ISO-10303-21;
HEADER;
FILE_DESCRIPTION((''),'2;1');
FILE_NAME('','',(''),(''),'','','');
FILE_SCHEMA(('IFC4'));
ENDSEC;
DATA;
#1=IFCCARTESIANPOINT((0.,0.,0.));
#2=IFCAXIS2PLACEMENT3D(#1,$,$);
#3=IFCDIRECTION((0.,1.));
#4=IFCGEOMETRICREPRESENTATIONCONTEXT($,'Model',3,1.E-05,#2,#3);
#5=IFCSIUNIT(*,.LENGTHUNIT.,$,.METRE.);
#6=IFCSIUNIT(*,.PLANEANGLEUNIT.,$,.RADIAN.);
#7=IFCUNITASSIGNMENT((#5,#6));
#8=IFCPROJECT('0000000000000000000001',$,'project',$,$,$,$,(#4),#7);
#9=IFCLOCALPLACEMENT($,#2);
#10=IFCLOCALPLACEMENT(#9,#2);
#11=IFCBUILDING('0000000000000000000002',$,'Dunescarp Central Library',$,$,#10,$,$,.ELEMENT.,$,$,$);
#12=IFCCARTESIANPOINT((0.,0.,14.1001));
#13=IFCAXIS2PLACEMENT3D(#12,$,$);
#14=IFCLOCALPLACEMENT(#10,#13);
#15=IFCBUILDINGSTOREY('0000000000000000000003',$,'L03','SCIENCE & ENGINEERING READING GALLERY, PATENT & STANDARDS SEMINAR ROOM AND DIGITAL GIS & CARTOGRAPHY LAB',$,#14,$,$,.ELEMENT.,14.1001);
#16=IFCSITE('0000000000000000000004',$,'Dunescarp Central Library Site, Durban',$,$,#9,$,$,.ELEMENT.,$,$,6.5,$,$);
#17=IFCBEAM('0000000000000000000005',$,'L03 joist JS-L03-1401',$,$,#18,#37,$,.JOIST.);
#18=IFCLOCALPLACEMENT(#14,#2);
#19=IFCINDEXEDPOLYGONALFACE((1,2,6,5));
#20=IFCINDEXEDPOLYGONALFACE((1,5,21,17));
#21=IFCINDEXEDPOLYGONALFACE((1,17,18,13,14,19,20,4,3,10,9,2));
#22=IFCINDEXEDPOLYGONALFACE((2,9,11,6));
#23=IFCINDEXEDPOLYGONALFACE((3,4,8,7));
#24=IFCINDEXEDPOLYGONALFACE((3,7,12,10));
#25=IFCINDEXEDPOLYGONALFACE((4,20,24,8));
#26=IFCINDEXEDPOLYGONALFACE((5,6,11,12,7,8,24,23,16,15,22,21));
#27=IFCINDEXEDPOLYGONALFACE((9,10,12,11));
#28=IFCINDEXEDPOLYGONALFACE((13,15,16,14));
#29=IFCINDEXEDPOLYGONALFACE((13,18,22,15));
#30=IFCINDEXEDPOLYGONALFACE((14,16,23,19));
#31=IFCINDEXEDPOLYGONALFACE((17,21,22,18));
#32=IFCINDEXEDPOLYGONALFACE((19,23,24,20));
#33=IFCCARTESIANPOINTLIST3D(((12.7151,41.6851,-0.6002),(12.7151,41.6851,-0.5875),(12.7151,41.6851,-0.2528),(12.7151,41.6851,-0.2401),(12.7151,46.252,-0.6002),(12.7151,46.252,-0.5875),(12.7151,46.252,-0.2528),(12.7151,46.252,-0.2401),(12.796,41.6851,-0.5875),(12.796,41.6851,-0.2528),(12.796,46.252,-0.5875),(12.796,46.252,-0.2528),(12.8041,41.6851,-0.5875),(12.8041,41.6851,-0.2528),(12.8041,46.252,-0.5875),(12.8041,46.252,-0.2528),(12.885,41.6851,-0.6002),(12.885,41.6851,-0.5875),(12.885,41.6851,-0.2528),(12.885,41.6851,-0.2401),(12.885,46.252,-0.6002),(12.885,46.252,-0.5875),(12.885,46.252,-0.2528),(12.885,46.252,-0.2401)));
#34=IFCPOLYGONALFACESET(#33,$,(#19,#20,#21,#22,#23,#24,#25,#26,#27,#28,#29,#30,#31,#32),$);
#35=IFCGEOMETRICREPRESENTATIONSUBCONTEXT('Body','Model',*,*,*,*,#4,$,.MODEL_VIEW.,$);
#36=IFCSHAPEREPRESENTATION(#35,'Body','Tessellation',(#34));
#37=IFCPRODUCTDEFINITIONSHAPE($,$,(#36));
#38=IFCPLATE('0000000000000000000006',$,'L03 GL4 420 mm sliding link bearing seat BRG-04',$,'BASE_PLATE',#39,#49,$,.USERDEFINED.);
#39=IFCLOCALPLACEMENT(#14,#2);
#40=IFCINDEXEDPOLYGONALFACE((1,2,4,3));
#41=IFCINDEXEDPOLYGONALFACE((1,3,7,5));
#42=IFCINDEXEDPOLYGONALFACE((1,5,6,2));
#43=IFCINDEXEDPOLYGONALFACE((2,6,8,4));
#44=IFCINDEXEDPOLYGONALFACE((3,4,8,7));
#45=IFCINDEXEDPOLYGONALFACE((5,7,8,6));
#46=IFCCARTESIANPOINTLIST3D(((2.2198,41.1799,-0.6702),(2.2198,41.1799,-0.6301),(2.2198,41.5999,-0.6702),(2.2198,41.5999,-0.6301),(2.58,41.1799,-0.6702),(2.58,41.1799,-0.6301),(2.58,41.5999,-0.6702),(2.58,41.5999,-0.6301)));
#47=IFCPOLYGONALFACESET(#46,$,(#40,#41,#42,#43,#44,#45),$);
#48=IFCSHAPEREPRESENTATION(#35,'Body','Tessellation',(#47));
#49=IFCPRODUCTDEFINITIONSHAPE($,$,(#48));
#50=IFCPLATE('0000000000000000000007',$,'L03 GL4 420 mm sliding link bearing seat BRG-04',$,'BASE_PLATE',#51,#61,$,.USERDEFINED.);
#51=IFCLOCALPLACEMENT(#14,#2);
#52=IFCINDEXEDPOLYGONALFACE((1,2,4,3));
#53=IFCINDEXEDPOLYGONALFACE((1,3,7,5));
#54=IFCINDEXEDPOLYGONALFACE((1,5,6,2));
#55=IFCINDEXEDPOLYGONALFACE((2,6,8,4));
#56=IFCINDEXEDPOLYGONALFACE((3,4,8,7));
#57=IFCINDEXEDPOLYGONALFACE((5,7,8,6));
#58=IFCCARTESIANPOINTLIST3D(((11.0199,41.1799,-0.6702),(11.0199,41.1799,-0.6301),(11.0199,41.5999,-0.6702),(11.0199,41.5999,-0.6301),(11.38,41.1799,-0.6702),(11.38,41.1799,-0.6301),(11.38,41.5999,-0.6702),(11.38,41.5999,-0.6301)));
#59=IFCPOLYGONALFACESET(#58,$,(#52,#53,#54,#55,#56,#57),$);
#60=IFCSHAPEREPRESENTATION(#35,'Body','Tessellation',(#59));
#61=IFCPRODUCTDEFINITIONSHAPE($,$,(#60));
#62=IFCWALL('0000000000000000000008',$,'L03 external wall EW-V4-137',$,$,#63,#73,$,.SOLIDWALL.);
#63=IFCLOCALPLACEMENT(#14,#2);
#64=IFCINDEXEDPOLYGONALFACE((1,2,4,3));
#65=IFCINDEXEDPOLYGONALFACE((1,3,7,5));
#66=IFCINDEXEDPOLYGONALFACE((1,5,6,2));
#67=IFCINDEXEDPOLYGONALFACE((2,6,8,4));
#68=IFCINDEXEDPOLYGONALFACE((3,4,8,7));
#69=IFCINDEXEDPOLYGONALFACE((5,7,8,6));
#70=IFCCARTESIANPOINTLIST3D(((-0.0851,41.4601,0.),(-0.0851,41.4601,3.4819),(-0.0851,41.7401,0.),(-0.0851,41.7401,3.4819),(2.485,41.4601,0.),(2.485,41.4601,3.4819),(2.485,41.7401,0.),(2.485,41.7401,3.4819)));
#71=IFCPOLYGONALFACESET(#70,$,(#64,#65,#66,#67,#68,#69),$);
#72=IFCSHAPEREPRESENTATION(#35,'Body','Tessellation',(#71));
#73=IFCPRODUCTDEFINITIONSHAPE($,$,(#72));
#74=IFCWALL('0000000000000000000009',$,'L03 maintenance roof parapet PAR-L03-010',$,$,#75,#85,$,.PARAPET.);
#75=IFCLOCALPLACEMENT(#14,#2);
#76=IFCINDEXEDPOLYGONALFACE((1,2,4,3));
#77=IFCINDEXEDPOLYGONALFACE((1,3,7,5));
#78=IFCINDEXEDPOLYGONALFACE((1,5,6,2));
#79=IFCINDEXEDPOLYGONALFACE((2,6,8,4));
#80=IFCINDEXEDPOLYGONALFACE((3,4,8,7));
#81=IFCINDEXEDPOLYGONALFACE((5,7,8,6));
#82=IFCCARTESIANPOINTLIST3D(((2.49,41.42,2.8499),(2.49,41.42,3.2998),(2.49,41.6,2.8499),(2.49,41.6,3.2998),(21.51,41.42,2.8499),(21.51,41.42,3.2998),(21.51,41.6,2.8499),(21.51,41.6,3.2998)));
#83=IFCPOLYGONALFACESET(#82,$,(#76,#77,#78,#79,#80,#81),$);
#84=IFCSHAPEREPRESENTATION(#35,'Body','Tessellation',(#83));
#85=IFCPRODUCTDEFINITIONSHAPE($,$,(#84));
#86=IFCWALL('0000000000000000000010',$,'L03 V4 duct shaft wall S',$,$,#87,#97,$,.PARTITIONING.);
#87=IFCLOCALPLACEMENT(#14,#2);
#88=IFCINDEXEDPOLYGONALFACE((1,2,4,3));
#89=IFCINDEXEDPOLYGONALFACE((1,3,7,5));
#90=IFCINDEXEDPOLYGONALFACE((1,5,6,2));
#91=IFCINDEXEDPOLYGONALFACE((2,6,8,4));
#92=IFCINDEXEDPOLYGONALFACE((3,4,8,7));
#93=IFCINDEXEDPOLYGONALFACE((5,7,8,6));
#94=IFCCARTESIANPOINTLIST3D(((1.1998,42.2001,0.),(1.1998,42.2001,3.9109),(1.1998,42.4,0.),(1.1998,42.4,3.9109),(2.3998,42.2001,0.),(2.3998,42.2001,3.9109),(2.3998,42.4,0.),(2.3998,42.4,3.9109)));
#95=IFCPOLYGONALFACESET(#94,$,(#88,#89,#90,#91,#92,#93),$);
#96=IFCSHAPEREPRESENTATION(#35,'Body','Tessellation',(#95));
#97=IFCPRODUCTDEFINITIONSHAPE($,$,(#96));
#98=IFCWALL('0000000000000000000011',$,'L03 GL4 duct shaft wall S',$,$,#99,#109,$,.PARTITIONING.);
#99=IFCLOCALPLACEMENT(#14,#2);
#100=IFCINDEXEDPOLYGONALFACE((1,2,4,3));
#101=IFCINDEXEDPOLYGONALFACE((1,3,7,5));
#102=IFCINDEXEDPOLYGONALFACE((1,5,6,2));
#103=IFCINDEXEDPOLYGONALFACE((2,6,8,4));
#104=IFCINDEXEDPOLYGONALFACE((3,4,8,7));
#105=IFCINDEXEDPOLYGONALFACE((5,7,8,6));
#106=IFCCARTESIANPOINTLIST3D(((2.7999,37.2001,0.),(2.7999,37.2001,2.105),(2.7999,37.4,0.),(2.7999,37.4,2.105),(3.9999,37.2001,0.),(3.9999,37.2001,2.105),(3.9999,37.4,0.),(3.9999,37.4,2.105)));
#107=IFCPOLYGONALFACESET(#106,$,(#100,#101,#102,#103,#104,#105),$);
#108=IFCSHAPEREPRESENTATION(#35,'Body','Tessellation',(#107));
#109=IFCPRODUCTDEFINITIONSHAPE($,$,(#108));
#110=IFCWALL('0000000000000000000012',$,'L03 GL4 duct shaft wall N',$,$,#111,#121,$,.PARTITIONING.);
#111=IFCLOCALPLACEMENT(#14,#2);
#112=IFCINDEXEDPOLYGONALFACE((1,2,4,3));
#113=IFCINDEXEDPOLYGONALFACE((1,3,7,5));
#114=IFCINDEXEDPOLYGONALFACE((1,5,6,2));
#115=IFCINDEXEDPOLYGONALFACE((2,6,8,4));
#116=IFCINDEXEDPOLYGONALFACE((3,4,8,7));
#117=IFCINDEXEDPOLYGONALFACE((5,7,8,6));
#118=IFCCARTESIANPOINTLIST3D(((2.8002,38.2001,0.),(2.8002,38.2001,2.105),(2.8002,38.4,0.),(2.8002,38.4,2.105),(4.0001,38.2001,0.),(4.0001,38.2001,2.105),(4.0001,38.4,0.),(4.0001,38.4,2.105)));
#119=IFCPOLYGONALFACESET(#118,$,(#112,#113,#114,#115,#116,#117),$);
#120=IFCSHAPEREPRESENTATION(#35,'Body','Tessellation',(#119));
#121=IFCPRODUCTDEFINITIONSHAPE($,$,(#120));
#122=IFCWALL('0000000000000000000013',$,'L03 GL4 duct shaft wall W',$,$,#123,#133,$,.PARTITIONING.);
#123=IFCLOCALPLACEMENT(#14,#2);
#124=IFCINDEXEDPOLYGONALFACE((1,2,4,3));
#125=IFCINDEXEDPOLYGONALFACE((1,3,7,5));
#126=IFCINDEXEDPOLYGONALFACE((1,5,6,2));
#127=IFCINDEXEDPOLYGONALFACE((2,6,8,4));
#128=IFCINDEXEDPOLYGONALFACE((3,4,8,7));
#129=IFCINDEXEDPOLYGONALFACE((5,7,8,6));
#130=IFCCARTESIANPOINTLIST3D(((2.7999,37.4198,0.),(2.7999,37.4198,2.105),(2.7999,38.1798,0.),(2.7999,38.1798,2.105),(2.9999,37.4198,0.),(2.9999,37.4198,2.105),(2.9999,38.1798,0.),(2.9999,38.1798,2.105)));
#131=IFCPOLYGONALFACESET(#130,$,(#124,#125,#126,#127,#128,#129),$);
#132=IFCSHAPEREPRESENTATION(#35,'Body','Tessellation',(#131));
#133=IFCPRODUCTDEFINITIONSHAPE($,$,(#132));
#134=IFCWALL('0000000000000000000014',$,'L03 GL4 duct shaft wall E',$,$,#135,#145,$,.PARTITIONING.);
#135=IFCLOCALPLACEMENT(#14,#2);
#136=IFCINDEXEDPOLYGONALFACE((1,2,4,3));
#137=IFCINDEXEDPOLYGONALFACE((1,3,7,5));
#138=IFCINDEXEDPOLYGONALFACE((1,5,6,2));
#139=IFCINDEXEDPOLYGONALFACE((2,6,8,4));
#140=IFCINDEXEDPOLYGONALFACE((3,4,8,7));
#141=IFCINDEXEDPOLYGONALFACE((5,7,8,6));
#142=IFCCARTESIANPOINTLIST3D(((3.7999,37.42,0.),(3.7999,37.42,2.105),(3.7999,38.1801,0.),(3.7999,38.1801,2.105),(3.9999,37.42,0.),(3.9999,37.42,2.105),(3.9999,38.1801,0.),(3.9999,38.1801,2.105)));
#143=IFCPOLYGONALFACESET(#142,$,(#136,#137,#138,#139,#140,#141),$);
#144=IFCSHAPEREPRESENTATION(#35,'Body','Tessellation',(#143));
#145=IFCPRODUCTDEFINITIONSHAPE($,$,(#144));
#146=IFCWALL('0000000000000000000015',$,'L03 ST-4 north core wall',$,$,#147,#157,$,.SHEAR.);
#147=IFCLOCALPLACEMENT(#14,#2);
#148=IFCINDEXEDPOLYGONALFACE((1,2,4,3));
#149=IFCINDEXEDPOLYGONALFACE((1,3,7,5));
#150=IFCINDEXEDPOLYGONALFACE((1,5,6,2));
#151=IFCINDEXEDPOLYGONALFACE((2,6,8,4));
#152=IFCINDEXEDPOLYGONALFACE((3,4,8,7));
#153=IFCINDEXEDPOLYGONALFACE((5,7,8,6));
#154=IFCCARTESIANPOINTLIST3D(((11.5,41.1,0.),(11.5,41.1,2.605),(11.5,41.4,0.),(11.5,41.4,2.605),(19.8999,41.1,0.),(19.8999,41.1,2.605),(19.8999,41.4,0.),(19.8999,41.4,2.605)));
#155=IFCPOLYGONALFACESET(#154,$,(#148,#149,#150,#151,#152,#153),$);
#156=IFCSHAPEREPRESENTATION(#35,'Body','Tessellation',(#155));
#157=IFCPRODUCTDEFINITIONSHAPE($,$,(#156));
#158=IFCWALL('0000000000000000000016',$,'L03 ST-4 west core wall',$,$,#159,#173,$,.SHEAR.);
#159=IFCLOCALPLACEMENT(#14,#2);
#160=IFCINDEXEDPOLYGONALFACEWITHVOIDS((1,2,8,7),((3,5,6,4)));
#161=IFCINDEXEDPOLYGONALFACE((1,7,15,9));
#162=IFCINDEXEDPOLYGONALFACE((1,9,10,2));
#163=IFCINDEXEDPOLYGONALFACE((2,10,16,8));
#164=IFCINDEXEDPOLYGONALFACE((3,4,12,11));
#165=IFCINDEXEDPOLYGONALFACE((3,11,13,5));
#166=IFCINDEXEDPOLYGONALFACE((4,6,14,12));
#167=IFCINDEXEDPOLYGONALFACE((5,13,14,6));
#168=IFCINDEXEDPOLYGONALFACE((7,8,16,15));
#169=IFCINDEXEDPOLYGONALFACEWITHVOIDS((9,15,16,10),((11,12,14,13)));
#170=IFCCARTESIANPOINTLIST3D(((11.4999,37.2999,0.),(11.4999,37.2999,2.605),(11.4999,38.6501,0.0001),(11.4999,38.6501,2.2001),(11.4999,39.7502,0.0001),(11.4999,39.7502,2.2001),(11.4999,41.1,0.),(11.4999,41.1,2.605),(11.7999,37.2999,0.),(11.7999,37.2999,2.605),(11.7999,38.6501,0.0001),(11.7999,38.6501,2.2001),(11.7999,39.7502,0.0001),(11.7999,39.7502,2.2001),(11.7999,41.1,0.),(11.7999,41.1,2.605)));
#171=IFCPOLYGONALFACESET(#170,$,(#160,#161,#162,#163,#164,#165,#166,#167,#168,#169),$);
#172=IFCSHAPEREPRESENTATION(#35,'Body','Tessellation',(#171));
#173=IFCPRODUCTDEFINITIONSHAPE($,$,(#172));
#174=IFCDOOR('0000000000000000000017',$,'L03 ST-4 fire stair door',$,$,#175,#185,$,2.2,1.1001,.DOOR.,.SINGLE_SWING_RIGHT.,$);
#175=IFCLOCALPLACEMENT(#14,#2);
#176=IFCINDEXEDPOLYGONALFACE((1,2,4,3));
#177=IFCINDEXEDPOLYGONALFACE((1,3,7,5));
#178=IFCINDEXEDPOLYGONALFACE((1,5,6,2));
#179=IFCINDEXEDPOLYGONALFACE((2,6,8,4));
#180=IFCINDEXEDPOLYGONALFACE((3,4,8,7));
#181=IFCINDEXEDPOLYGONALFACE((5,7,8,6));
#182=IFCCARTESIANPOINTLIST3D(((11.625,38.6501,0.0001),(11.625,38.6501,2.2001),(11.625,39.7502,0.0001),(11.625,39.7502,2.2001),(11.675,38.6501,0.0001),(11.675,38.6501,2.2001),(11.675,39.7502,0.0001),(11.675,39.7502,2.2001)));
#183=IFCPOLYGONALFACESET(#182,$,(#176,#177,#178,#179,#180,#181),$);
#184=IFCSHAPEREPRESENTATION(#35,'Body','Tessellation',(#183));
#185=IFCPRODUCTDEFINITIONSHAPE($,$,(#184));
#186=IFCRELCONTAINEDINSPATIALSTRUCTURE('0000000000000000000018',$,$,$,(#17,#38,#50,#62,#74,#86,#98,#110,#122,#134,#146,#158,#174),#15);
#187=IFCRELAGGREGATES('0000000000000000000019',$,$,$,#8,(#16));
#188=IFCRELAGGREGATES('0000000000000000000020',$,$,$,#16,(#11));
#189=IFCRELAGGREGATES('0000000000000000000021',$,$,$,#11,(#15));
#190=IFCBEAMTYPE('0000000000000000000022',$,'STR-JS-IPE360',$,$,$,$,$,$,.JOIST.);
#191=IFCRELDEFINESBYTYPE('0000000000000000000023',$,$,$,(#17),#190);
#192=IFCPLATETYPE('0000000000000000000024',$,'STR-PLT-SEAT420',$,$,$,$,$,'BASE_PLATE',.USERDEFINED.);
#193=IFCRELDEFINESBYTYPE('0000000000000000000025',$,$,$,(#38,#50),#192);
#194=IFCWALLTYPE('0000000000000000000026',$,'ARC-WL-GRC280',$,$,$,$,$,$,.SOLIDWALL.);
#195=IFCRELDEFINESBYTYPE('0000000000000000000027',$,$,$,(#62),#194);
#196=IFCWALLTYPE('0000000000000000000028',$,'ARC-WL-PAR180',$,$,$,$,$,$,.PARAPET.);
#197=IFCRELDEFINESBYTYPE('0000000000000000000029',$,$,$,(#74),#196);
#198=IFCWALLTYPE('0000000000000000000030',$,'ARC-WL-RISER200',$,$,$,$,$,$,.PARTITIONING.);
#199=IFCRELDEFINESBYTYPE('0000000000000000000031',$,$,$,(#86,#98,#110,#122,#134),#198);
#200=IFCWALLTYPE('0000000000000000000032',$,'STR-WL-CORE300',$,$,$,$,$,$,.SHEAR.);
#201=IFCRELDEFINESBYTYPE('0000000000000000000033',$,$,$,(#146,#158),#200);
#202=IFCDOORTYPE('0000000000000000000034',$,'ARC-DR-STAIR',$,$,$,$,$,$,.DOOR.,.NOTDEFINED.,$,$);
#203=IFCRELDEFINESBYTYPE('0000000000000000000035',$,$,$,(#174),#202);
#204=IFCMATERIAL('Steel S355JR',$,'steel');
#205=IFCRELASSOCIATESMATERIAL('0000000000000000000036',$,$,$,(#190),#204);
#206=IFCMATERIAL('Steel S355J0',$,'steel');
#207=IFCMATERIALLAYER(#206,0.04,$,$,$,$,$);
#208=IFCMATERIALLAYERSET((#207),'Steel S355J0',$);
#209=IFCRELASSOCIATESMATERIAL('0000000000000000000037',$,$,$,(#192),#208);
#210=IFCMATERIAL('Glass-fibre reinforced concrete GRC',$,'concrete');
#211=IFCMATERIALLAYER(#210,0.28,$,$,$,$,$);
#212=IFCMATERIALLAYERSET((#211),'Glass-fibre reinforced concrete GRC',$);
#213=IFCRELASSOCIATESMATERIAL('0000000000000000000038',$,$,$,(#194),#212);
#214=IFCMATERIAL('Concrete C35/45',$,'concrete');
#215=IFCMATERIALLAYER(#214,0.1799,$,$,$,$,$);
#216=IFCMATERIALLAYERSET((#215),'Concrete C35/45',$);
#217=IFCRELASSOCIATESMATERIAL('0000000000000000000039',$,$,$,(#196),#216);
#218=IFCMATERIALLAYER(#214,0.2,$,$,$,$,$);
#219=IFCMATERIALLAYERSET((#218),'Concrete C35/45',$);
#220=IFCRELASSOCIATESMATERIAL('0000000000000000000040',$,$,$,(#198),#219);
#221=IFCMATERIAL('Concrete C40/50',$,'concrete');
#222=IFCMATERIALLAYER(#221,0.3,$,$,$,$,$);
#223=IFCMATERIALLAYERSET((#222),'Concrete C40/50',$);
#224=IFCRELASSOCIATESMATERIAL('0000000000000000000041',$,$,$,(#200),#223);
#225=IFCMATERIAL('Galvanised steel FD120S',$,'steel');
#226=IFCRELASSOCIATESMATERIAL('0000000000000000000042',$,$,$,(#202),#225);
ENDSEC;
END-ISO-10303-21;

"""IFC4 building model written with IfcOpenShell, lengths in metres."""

from ifc_helpers import new_model, si_unit, direction, frame, frame_2d, origin, origin_2d, place, context, subcontext, project, spatial, rectangle, i_section, extrude, material, layer, layer_set, material_profile, profile_set, type_object, element, fill, save


model = new_model("IFC4")

# Units and contexts
model_context = context("Model", 3, precision=1e-05, world=origin(), true_north=direction((0.0, 1.0)))
body_context = subcontext(model_context, "Body", "Model", "MODEL_VIEW")
ifc_project = project(units=[si_unit("LENGTHUNIT", "METRE"), si_unit("PLANEANGLEUNIT", "RADIAN")], contexts=[model_context])

# Site, building, storey
site_placement = place(None, origin())
site = spatial("IfcSite", under=ifc_project, at=site_placement, Name="Dunescarp Central Library Site, Durban", CompositionType="ELEMENT", RefElevation=6.5)
building_placement = place(site_placement, origin())
building = spatial("IfcBuilding", under=site, at=building_placement, Name="Dunescarp Central Library", CompositionType="ELEMENT")
storey_placement = place(building_placement, frame((0.0, 0.0, 14.1001)))
storey = spatial("IfcBuildingStorey", under=building, at=storey_placement, Name="L03", Description="SCIENCE & ENGINEERING READING GALLERY, PATENT & STANDARDS SEMINAR ROOM AND DIGITAL GIS & CARTOGRAPHY LAB", CompositionType="ELEMENT", Elevation=14.1001)

# Shared definitions
ifc_material_1 = material(Name="Steel S355JR", Category="steel")

# Beam
ifc_material_profile_1 = material_profile(ifc_material_1, i_section(OverallWidth=0.1699, OverallDepth=0.3601, WebThickness=0.0081, FlangeThickness=0.0127, at=origin_2d()), Name="IPE 360")
ifc_profile_set_1 = profile_set([ifc_material_profile_1], Name="Steel S355JR")
beam_type_1 = type_object("IfcBeamType", Name="STR-JS-IPE360", PredefinedType="JOIST", material=ifc_profile_set_1)
for number, where, z_axis, x_axis, name in (
    (1, (12.8, 41.6851, -0.4202), (0.0, 1.0, 0.0), (-1.0, 0.0, 0.0), "L03 joist JS-L03-1401"),
):
    element("IfcBeam", number, at=place(storey_placement, frame(where, z_axis=z_axis, x_axis=x_axis)), inside=storey, type_object=beam_type_1, Name=name, PredefinedType="JOIST", context=body_context, shape_type="SweptSolid", body=[
        extrude(i_section(OverallWidth=0.1699, OverallDepth=0.3601, WebThickness=0.0081, FlangeThickness=0.0127, at=origin_2d()), origin(), (0.0, 0.0, 1.0), 4.5669),
    ])

# Plates
ifc_material_2 = material(Name="Steel S355J0", Category="steel")
ifc_layer_1 = layer(ifc_material_2, 0.04)
ifc_layer_set_1 = layer_set([ifc_layer_1], Name="Steel S355J0")
plate_type = type_object("IfcPlateType", Name="STR-PLT-SEAT420", ElementType="BASE_PLATE", PredefinedType="USERDEFINED", material=ifc_layer_set_1)
for number, where, z_axis, x_axis, name in (
    (2, (2.3999, 41.3899, -0.6702), (0.0, 0.0, 1.0), (0.0, 1.0, 0.0), "L03 GL4 420 mm sliding link bearing seat BRG-04"),
    (3, (11.2, 41.3899, -0.6702), (0.0, 0.0, 1.0), (0.0, 1.0, 0.0), "L03 GL4 420 mm sliding link bearing seat BRG-04"),
):
    element("IfcPlate", number, at=place(storey_placement, frame(where, z_axis=z_axis, x_axis=x_axis)), inside=storey, type_object=plate_type, Name=name, ObjectType="BASE_PLATE", PredefinedType="USERDEFINED", context=body_context, shape_type="SweptSolid", body=[
        extrude(rectangle(XDim=0.4199, YDim=0.3601, at=origin_2d()), origin(), (0.0, 0.0, 1.0), 0.04),
    ])

# Walls
ifc_material_3 = material(Name="Glass-fibre reinforced concrete GRC", Category="concrete")
ifc_layer_2 = layer(ifc_material_3, 0.28)
ifc_layer_set_2 = layer_set([ifc_layer_2], Name="Glass-fibre reinforced concrete GRC")
wall_type_1 = type_object("IfcWallType", Name="ARC-WL-GRC280", PredefinedType="SOLIDWALL", material=ifc_layer_set_2)
wall_1_placement = place(storey_placement, frame((2.4851, 41.6001, 0.0), z_axis=(0.0, 0.0, 1.0), x_axis=(-1.0, 0.0, 0.0)))
element("IfcWall", 4, at=wall_1_placement, inside=storey, type_object=wall_type_1, Name="L03 external wall EW-V4-137", PredefinedType="SOLIDWALL", context=body_context, shape_type="SweptSolid", body=[
    extrude(rectangle(XDim=2.5701, YDim=0.28, at=frame_2d((1.2852, 0.0))), origin(), (0.0, 0.0, 1.0), 3.4819),
])
ifc_material_4 = material(Name="Concrete C35/45", Category="concrete")
ifc_layer_3 = layer(ifc_material_4, 0.1799)
ifc_layer_set_3 = layer_set([ifc_layer_3], Name="Concrete C35/45")
wall_type_2 = type_object("IfcWallType", Name="ARC-WL-PAR180", PredefinedType="PARAPET", material=ifc_layer_set_3)
wall_2_placement = place(storey_placement, frame((2.49, 41.51, 2.8499), z_axis=(0.0, 0.0, 1.0), x_axis=(1.0, 0.0, 0.0)))
element("IfcWall", 5, at=wall_2_placement, inside=storey, type_object=wall_type_2, Name="L03 maintenance roof parapet PAR-L03-010", PredefinedType="PARAPET", context=body_context, shape_type="SweptSolid", body=[
    extrude(rectangle(XDim=19.02, YDim=0.1799, at=frame_2d((9.51, 0.0))), origin(), (0.0, 0.0, 1.0), 0.45),
])
ifc_layer_4 = layer(ifc_material_4, 0.2)
ifc_layer_set_4 = layer_set([ifc_layer_4], Name="Concrete C35/45")
wall_type_3 = type_object("IfcWallType", Name="ARC-WL-RISER200", PredefinedType="PARTITIONING", material=ifc_layer_set_4)
wall_3_placement = place(storey_placement, frame((2.3999, 42.3, 0.0), z_axis=(0.0, 0.0, 1.0), x_axis=(-1.0, 0.0, 0.0)))
element("IfcWall", 6, at=wall_3_placement, inside=storey, type_object=wall_type_3, Name="L03 V4 duct shaft wall S", PredefinedType="PARTITIONING", context=body_context, shape_type="SweptSolid", body=[
    extrude(rectangle(XDim=1.2, YDim=0.2, at=frame_2d((0.6001, 0.0))), origin(), (0.0, 0.0, 1.0), 3.9109),
])
for number, where, z_axis, x_axis, name in (
    (7, (4.0, 37.3, 0.0), (0.0, 0.0, 1.0), (-1.0, 0.0, 0.0), "L03 GL4 duct shaft wall S"),
    (8, (2.8, 38.3, 0.0), (0.0, 0.0, 1.0), (1.0, 0.0, 0.0), "L03 GL4 duct shaft wall N"),
):
    element("IfcWall", number, at=place(storey_placement, frame(where, z_axis=z_axis, x_axis=x_axis)), inside=storey, type_object=wall_type_3, Name=name, PredefinedType="PARTITIONING", context=body_context, shape_type="SweptSolid", body=[
        extrude(rectangle(XDim=1.2, YDim=0.2, at=frame_2d((0.6001, 0.0))), origin(), (0.0, 0.0, 1.0), 2.105),
    ])
for number, where, z_axis, x_axis, name in (
    (9, (2.8999, 37.4199, 0.0), (0.0, 0.0, 1.0), (0.0, 1.0, 0.0), "L03 GL4 duct shaft wall W"),
    (10, (3.8999, 38.1799, 0.0), (0.0, 0.0, 1.0), (0.0, -1.0, 0.0), "L03 GL4 duct shaft wall E"),
):
    element("IfcWall", number, at=place(storey_placement, frame(where, z_axis=z_axis, x_axis=x_axis)), inside=storey, type_object=wall_type_3, Name=name, PredefinedType="PARTITIONING", context=body_context, shape_type="SweptSolid", body=[
        extrude(rectangle(XDim=0.76, YDim=0.2, at=frame_2d((0.3799, 0.0))), origin(), (0.0, 0.0, 1.0), 2.105),
    ])
ifc_material_5 = material(Name="Concrete C40/50", Category="concrete")
ifc_layer_5 = layer(ifc_material_5, 0.3)
ifc_layer_set_5 = layer_set([ifc_layer_5], Name="Concrete C40/50")
wall_type_4 = type_object("IfcWallType", Name="STR-WL-CORE300", PredefinedType="SHEAR", material=ifc_layer_set_5)
wall_4_placement = place(storey_placement, frame((11.5, 41.25, 0.0), z_axis=(0.0, 0.0, 1.0), x_axis=(1.0, 0.0, 0.0)))
element("IfcWall", 11, at=wall_4_placement, inside=storey, type_object=wall_type_4, Name="L03 ST-4 north core wall", PredefinedType="SHEAR", context=body_context, shape_type="SweptSolid", body=[
    extrude(rectangle(XDim=8.3999, YDim=0.3, at=frame_2d((4.2, 0.0))), origin(), (0.0, 0.0, 1.0), 2.605),
])

# Wall, opening, door
wall_5_placement = place(storey_placement, frame((11.6499, 37.3, 0.0), z_axis=(0.0, 0.0, 1.0), x_axis=(0.0, 1.0, 0.0)))
wall_5 = element("IfcWall", 12, at=wall_5_placement, inside=storey, type_object=wall_type_4, Name="L03 ST-4 west core wall", PredefinedType="SHEAR", context=body_context, shape_type="SweptSolid", body=[
    extrude(rectangle(XDim=3.8, YDim=0.3, at=frame_2d((1.8999, 0.0))), origin(), (0.0, 0.0, 1.0), 2.605),
])
opening_placement = place(wall_5_placement, frame((1.3501, 0.0, 0.0)))
opening = element("IfcOpeningElement", 13, at=opening_placement, cuts=wall_5, PredefinedType="OPENING", context=body_context, shape_type="SweptSolid", body=[
    extrude(rectangle(XDim=1.1001, YDim=2.2, at=frame_2d((0.55, 1.1001))), frame((0.0, 0.1602, 0.0), z_axis=(0.0, -1.0, 0.0), x_axis=(1.0, 0.0, 0.0)), (0.0, 0.0, 1.0), 0.3201),
])
ifc_material_6 = material(Name="Galvanised steel FD120S", Category="steel")
door_type = type_object("IfcDoorType", Name="ARC-DR-STAIR", OperationType="NOTDEFINED", PredefinedType="DOOR", material=ifc_material_6)
door_placement = place(opening_placement, origin())
door = element("IfcDoor", 14, at=door_placement, inside=storey, type_object=door_type, Name="L03 ST-4 fire stair door", OperationType="SINGLE_SWING_RIGHT", OverallHeight=2.2, OverallWidth=1.1001, PredefinedType="DOOR", context=body_context, shape_type="SweptSolid", body=[
    extrude(rectangle(XDim=1.1001, YDim=2.2, at=frame_2d((0.55, 1.1001))), frame((0.0, 0.0249, 0.0), z_axis=(0.0, -1.0, 0.0), x_axis=(1.0, 0.0, 0.0)), (0.0, 0.0, 1.0), 0.05),
])
fill(opening, door)

save(model, "model.ifc")
